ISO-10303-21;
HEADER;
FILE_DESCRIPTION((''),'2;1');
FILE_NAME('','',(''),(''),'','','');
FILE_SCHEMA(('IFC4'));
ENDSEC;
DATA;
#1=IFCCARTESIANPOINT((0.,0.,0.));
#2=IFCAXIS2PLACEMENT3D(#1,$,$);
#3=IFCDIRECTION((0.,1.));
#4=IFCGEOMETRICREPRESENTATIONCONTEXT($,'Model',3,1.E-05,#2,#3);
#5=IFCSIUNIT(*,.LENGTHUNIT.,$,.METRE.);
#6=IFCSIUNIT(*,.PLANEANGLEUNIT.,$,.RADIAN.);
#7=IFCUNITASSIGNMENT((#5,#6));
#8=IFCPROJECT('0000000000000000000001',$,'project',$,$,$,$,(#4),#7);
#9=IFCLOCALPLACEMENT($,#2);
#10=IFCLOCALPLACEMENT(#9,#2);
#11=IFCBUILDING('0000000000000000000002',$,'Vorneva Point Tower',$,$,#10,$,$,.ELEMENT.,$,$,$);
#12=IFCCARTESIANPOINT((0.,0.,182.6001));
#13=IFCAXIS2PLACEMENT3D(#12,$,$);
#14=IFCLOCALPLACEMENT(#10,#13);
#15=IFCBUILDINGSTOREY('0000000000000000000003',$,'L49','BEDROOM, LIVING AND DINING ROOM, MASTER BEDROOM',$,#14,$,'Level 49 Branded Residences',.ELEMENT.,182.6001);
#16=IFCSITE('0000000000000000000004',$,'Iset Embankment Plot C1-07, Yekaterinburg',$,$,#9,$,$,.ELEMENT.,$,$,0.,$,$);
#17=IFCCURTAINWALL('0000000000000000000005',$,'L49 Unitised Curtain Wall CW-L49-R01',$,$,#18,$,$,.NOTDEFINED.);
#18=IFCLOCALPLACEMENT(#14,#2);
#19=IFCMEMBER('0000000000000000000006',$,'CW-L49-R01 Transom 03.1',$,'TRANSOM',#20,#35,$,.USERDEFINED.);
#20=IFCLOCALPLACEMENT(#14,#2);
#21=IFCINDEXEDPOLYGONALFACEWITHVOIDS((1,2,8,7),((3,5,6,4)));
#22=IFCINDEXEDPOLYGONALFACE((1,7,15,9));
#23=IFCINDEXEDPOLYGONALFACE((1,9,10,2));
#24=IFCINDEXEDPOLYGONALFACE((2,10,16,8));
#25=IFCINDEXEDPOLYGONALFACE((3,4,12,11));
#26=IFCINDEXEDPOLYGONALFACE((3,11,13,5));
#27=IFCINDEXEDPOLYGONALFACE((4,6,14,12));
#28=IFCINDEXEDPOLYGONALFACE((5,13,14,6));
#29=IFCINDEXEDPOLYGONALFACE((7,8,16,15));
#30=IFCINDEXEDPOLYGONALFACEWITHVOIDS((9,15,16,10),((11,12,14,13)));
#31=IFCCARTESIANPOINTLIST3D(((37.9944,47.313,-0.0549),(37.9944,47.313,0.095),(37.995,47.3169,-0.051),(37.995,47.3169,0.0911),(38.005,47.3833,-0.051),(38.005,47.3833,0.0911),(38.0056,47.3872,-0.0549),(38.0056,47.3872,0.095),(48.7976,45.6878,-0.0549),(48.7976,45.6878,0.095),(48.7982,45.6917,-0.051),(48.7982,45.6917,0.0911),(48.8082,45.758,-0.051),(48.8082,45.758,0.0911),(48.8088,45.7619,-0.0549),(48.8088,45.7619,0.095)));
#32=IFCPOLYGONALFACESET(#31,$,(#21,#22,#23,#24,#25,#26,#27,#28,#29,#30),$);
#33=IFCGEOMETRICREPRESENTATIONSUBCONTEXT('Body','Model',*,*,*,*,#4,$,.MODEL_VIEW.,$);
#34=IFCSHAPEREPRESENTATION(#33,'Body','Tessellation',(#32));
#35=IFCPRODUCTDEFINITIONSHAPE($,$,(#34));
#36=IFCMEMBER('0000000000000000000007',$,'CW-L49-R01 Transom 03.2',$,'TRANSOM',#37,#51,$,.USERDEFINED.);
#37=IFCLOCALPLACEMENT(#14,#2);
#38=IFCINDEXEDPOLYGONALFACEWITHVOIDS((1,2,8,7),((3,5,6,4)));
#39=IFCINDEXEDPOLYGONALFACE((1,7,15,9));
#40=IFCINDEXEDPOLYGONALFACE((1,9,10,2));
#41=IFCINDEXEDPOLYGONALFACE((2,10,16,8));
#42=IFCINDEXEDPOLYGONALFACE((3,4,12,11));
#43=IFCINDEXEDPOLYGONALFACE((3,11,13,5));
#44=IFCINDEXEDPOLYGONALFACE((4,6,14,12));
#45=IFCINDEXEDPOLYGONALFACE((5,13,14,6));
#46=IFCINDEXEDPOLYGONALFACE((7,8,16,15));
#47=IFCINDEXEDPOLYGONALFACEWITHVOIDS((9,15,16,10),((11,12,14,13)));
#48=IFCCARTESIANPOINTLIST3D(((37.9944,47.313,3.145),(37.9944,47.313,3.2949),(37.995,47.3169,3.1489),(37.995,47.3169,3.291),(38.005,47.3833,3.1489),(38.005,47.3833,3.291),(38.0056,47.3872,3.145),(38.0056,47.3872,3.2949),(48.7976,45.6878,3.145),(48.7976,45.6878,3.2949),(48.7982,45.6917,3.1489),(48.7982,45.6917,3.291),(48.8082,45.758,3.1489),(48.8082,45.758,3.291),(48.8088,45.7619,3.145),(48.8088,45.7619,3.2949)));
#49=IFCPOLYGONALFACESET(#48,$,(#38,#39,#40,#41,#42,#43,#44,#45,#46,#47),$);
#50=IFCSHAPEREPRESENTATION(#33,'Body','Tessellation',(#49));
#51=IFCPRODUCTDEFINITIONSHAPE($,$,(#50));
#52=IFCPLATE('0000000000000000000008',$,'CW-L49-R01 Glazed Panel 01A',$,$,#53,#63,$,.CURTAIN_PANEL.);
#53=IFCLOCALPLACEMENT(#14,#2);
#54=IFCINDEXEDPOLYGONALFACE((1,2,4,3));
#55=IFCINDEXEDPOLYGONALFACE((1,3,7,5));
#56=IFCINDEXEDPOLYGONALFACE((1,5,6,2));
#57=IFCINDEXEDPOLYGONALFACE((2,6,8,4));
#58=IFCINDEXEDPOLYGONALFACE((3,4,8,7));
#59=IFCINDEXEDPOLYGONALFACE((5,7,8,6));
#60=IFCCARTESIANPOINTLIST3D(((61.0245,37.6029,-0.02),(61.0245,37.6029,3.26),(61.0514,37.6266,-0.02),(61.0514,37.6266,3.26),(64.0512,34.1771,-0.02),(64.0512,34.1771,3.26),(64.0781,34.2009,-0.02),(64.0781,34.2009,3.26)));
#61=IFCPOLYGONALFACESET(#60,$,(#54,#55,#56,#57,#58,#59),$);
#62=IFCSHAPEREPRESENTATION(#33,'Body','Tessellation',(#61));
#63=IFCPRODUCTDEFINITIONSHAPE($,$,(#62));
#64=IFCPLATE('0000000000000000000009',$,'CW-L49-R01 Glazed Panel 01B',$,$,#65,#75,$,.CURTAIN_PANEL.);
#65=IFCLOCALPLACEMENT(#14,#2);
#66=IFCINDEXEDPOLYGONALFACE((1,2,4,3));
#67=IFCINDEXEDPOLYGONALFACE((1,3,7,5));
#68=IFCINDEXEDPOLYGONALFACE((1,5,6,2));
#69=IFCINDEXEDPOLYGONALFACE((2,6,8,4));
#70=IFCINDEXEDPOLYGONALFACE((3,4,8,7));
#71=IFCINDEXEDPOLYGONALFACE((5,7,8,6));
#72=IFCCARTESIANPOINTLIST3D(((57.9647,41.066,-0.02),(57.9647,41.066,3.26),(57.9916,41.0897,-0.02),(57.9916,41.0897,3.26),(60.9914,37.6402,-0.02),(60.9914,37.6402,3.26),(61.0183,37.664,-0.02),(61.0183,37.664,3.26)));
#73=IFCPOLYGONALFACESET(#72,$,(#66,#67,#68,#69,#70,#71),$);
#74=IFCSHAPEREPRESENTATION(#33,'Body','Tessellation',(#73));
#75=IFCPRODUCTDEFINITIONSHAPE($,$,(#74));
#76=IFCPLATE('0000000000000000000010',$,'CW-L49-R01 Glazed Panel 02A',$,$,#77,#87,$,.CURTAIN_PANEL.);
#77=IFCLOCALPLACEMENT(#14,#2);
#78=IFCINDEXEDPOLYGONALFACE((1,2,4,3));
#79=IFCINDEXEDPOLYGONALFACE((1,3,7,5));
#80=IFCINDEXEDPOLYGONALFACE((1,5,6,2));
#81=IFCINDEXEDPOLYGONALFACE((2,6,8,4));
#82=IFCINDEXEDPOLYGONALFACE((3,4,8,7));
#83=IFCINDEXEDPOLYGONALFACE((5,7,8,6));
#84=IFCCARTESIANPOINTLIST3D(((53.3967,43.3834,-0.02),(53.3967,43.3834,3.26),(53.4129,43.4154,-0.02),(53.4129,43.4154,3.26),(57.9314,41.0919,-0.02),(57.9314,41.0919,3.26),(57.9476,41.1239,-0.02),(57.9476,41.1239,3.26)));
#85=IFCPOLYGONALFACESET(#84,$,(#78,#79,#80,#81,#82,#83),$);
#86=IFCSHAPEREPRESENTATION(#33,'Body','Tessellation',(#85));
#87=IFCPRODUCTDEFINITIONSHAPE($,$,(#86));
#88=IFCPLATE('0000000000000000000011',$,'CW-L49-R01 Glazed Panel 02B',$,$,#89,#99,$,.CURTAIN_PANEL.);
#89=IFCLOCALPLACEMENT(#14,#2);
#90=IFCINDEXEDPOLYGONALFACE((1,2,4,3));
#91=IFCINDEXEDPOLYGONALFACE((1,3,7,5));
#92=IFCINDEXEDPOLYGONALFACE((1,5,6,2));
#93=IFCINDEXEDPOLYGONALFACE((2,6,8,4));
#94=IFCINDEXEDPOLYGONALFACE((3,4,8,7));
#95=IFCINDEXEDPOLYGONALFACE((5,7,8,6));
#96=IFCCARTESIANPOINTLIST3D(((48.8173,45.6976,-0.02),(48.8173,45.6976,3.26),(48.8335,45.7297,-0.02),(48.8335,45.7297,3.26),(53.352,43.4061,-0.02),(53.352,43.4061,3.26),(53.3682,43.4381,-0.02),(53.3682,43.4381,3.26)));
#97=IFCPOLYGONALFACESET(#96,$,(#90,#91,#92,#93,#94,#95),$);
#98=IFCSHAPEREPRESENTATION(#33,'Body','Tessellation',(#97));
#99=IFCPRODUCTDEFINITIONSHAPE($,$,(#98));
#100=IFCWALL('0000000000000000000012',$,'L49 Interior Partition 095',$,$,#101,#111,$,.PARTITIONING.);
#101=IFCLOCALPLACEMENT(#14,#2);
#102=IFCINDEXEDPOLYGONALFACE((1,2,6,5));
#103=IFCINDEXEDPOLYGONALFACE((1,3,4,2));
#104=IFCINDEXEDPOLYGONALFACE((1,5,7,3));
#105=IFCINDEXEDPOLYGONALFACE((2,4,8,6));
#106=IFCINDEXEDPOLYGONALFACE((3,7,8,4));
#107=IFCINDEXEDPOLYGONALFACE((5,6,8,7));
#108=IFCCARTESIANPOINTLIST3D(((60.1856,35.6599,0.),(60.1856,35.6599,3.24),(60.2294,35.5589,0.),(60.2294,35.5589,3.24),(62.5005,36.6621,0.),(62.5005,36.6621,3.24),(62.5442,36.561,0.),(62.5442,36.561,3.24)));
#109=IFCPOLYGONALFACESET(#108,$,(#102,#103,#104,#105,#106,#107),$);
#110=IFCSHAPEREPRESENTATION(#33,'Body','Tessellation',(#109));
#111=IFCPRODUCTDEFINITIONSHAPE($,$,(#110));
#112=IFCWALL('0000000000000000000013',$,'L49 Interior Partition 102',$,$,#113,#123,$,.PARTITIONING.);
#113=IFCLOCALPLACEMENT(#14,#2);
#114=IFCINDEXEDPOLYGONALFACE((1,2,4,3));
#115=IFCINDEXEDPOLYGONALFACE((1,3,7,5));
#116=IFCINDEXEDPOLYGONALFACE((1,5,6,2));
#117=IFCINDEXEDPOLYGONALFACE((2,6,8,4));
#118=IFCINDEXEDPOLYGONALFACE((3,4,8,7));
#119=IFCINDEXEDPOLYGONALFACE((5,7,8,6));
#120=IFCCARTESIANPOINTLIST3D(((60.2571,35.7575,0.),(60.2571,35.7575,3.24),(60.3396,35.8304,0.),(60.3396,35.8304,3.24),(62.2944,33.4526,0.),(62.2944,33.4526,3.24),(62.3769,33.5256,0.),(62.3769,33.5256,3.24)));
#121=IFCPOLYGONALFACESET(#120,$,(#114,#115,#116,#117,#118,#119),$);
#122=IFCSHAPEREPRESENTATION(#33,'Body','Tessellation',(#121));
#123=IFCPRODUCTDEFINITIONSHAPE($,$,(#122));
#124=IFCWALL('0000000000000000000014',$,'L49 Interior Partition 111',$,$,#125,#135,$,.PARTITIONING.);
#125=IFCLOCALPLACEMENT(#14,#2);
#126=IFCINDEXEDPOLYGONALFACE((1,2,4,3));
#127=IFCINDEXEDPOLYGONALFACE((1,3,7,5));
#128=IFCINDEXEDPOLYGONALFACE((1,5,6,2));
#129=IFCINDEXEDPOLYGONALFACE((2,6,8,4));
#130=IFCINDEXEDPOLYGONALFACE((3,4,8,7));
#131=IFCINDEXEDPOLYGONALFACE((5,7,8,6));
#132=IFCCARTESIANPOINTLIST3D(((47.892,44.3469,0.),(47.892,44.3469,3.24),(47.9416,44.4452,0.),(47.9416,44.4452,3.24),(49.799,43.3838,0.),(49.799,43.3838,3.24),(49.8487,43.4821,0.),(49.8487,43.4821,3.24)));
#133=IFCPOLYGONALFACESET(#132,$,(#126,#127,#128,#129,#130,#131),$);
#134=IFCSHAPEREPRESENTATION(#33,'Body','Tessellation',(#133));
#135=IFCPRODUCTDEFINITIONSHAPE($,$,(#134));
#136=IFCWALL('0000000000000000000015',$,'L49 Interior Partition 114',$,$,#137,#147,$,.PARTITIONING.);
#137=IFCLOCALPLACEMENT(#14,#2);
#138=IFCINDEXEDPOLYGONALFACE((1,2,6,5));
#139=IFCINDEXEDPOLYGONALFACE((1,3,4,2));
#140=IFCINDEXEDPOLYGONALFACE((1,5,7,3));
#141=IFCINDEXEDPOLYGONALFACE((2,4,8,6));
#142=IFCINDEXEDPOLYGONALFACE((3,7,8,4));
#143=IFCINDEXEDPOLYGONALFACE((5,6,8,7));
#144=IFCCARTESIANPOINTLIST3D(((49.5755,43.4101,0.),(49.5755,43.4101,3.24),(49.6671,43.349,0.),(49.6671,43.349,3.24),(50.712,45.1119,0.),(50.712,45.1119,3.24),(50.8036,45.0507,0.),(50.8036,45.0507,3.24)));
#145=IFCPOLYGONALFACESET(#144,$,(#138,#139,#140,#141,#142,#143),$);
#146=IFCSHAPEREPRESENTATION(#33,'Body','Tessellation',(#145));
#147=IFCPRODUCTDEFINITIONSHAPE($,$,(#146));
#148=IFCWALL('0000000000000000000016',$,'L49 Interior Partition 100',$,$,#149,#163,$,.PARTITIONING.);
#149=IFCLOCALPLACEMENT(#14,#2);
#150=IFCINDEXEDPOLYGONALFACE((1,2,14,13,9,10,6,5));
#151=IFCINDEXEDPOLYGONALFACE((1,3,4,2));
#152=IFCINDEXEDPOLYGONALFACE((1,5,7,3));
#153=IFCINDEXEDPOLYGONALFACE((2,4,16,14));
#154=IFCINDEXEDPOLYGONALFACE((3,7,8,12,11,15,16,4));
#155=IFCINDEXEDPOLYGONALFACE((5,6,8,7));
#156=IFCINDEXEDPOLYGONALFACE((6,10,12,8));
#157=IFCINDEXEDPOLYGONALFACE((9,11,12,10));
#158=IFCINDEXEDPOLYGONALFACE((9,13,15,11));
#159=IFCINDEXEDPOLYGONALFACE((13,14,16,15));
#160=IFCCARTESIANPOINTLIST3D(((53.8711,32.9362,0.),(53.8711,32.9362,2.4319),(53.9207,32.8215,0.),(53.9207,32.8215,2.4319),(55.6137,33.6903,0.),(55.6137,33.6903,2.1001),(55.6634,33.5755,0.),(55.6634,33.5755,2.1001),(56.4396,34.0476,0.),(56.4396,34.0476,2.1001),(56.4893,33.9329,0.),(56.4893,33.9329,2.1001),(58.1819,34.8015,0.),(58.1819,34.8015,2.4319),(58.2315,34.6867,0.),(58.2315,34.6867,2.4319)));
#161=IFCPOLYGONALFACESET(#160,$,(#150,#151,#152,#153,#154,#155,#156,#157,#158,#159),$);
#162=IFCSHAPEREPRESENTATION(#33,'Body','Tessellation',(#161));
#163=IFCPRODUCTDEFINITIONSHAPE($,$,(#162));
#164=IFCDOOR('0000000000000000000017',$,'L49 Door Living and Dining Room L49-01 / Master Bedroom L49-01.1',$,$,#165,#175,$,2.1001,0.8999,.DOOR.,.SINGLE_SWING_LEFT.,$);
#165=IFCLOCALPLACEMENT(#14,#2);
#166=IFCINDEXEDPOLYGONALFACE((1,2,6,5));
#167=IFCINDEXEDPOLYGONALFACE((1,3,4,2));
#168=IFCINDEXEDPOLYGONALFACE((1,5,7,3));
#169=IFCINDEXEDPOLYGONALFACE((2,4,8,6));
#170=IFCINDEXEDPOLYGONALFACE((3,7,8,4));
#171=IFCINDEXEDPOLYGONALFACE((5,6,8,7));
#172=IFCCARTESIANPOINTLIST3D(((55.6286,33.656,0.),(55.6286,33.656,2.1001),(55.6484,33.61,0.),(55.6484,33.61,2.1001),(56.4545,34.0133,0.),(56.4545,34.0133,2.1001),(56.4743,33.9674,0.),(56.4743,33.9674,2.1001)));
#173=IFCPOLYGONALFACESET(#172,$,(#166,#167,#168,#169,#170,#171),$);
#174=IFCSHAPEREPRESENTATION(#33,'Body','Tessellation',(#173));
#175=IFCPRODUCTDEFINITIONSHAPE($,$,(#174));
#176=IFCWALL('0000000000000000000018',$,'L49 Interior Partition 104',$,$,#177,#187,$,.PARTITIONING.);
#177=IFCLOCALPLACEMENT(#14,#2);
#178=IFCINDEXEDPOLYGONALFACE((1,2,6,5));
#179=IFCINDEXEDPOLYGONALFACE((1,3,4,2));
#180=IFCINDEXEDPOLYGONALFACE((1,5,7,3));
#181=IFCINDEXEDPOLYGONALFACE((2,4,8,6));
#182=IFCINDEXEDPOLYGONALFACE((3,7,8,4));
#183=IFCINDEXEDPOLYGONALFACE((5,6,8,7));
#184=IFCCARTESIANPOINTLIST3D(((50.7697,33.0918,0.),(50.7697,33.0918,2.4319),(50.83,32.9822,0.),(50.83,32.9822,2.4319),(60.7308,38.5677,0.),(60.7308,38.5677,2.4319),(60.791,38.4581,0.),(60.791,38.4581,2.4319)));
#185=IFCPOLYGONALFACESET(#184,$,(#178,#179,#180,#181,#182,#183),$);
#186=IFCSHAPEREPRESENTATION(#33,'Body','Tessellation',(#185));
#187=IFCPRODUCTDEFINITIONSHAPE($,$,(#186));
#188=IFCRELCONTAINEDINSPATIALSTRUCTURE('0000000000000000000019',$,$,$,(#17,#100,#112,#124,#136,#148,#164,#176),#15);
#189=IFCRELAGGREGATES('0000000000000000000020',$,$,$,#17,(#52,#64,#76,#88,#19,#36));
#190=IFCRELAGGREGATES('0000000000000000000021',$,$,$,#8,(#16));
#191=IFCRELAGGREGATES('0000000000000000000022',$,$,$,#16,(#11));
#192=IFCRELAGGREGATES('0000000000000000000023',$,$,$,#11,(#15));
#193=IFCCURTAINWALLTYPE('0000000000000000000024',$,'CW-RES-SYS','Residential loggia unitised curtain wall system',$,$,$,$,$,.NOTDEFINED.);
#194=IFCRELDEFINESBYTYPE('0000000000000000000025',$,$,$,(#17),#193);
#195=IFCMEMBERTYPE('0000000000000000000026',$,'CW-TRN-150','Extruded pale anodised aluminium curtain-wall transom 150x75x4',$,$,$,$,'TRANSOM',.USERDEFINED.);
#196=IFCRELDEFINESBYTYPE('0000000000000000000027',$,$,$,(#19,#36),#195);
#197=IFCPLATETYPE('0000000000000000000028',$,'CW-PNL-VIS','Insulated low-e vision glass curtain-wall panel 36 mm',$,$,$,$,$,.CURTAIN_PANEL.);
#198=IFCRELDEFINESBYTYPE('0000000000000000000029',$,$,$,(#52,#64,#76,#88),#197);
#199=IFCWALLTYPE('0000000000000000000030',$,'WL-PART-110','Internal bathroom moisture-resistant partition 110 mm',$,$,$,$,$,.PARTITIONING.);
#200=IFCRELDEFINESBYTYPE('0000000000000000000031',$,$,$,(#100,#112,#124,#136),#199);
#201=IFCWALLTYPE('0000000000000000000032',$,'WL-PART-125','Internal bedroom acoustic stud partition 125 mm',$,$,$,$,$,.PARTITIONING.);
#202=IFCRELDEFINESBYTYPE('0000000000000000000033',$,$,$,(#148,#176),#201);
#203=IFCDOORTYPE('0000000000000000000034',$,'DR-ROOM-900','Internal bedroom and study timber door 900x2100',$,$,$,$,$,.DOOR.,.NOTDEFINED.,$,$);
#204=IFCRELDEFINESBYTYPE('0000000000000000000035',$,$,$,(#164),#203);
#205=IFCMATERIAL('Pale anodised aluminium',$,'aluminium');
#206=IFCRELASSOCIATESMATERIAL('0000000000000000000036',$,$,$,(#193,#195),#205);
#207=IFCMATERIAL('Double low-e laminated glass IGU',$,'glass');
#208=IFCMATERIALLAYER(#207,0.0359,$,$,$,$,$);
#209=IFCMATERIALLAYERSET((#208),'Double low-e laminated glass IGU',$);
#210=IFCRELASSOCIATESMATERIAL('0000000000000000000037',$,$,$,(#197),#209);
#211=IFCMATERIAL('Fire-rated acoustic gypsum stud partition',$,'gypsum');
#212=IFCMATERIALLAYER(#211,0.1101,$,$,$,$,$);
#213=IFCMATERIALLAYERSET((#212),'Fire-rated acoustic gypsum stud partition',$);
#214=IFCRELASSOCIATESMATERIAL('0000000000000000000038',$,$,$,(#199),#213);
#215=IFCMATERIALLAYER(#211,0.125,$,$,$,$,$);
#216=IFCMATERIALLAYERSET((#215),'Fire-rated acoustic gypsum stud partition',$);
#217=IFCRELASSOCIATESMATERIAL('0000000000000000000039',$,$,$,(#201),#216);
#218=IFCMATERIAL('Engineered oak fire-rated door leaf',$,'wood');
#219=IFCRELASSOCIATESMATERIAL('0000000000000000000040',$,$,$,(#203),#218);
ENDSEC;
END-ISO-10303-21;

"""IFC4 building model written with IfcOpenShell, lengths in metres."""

from ifc_helpers import new_model, si_unit, direction, frame, frame_2d, origin, origin_2d, place, context, subcontext, project, spatial, rectangle, hollow_rectangle, extrude, material, layer, layer_set, material_profile, profile_set, type_object, element, fill, aggregate, save


model = new_model("IFC4")

# Units and contexts
model_context = context("Model", 3, precision=1e-05, world=origin(), true_north=direction((0.0, 1.0)))
body_context = subcontext(model_context, "Body", "Model", "MODEL_VIEW")
ifc_project = project(units=[si_unit("LENGTHUNIT", "METRE"), si_unit("PLANEANGLEUNIT", "RADIAN")], contexts=[model_context])

# Site, building, storey
site_placement = place(None, origin())
site = spatial("IfcSite", under=ifc_project, at=site_placement, Name="Iset Embankment Plot C1-07, Yekaterinburg", CompositionType="ELEMENT", RefElevation=0.0)
building_placement = place(site_placement, origin())
building = spatial("IfcBuilding", under=site, at=building_placement, Name="Vorneva Point Tower", CompositionType="ELEMENT")
storey_placement = place(building_placement, frame((0.0, 0.0, 182.6001)))
storey = spatial("IfcBuildingStorey", under=building, at=storey_placement, Name="L49", Description="BEDROOM, LIVING AND DINING ROOM, MASTER BEDROOM", LongName="Level 49 Branded Residences", CompositionType="ELEMENT", Elevation=182.6001)

# Curtain wall, members, plates
ifc_material_1 = material(Name="Pale anodised aluminium", Category="aluminium")
curtain_wall_type = type_object("IfcCurtainWallType", Name="CW-RES-SYS", Description="Residential loggia unitised curtain wall system", PredefinedType="NOTDEFINED", material=ifc_material_1)
curtain_wall_placement = place(storey_placement, origin())
curtain_wall = element("IfcCurtainWall", 1, at=curtain_wall_placement, inside=storey, type_object=curtain_wall_type, Name="L49 Unitised Curtain Wall CW-L49-R01", PredefinedType="NOTDEFINED")
ifc_material_profile_1 = material_profile(ifc_material_1, hollow_rectangle(XDim=0.075, YDim=0.1499, WallThickness=0.0039, at=origin_2d()), Name="AL-TRN 150x75x4")
ifc_profile_set_1 = profile_set([ifc_material_profile_1], Name="Pale anodised aluminium")
member_type_1 = type_object("IfcMemberType", Name="CW-TRN-150", Description="Extruded pale anodised aluminium curtain-wall transom 150x75x4", ElementType="TRANSOM", PredefinedType="USERDEFINED", material=ifc_profile_set_1)
member_1_placement = place(storey_placement, frame((48.8032, 45.7249, 0.02), z_axis=(-0.988872, 0.148767, 0.0), x_axis=(-0.148767, -0.988872, 0.0)))
member_1 = element("IfcMember", 2, at=member_1_placement, type_object=member_type_1, Name="CW-L49-R01 Transom 03.1", ObjectType="TRANSOM", PredefinedType="USERDEFINED", context=body_context, shape_type="SweptSolid", body=[
    extrude(hollow_rectangle(XDim=0.075, YDim=0.1499, WallThickness=0.0039, at=origin_2d()), origin(), (0.0, 0.0, 1.0), 10.9248),
])
member_2_placement = place(storey_placement, frame((48.8032, 45.7249, 3.22), z_axis=(-0.988872, 0.148767, 0.0), x_axis=(-0.148767, -0.988872, 0.0)))
member_2 = element("IfcMember", 3, at=member_2_placement, type_object=member_type_1, Name="CW-L49-R01 Transom 03.2", ObjectType="TRANSOM", PredefinedType="USERDEFINED", context=body_context, shape_type="SweptSolid", body=[
    extrude(hollow_rectangle(XDim=0.075, YDim=0.1499, WallThickness=0.0039, at=origin_2d()), origin(), (0.0, 0.0, 1.0), 10.9248),
])
ifc_material_2 = material(Name="Double low-e laminated glass IGU", Category="glass")
ifc_layer_1 = layer(ifc_material_2, 0.0359)
ifc_layer_set_1 = layer_set([ifc_layer_1], Name="Double low-e laminated glass IGU")
plate_type = type_object("IfcPlateType", Name="CW-PNL-VIS", Description="Insulated low-e vision glass curtain-wall panel 36 mm", PredefinedType="CURTAIN_PANEL", material=ifc_layer_set_1)
plate_1_placement = place(storey_placement, frame((62.5513, 35.9019, -0.02), z_axis=(0.0, 0.0, 1.0), x_axis=(-0.66211, 0.749407, 0.0)))
plate_1 = element("IfcPlate", 4, at=plate_1_placement, type_object=plate_type, Name="CW-L49-R01 Glazed Panel 01A", PredefinedType="CURTAIN_PANEL", context=body_context, shape_type="SweptSolid", body=[
    extrude(rectangle(XDim=4.5713, YDim=0.0359, at=origin_2d()), origin(), (0.0, 0.0, 1.0), 3.28),
])
plate_2_placement = place(storey_placement, frame((59.4915, 39.365, -0.02), z_axis=(0.0, 0.0, 1.0), x_axis=(-0.66211, 0.749407, 0.0)))
plate_2 = element("IfcPlate", 5, at=plate_2_placement, type_object=plate_type, Name="CW-L49-R01 Glazed Panel 01B", PredefinedType="CURTAIN_PANEL", context=body_context, shape_type="SweptSolid", body=[
    extrude(rectangle(XDim=4.5713, YDim=0.0359, at=origin_2d()), origin(), (0.0, 0.0, 1.0), 3.28),
])
plate_3_placement = place(storey_placement, frame((55.6721, 42.2537, -0.02), z_axis=(0.0, 0.0, 1.0), x_axis=(-0.892515, 0.451018, 0.0)))
plate_3 = element("IfcPlate", 6, at=plate_3_placement, type_object=plate_type, Name="CW-L49-R01 Glazed Panel 02A", PredefinedType="CURTAIN_PANEL", context=body_context, shape_type="SweptSolid", body=[
    extrude(rectangle(XDim=5.0808, YDim=0.0359, at=origin_2d()), origin(), (0.0, 0.0, 1.0), 3.28),
])
plate_4_placement = place(storey_placement, frame((51.0928, 44.5679, -0.02), z_axis=(0.0, 0.0, 1.0), x_axis=(-0.892515, 0.451018, 0.0)))
plate_4 = element("IfcPlate", 7, at=plate_4_placement, type_object=plate_type, Name="CW-L49-R01 Glazed Panel 02B", PredefinedType="CURTAIN_PANEL", context=body_context, shape_type="SweptSolid", body=[
    extrude(rectangle(XDim=5.0808, YDim=0.0359, at=origin_2d()), origin(), (0.0, 0.0, 1.0), 3.28),
])
aggregate(curtain_wall, [plate_1, plate_2, plate_3, plate_4, member_1, member_2])

# Walls
ifc_material_3 = material(Name="Fire-rated acoustic gypsum stud partition", Category="gypsum")
ifc_layer_2 = layer(ifc_material_3, 0.1101)
ifc_layer_set_2 = layer_set([ifc_layer_2], Name="Fire-rated acoustic gypsum stud partition")
wall_type_1 = type_object("IfcWallType", Name="WL-PART-110", Description="Internal bathroom moisture-resistant partition 110 mm", PredefinedType="PARTITIONING", material=ifc_layer_set_2)
wall_1_placement = place(storey_placement, frame((60.2075, 35.6094, 0.0), z_axis=(0.0, 0.0, 1.0), x_axis=(0.917692, 0.397292, 0.0)))
element("IfcWall", 8, at=wall_1_placement, inside=storey, type_object=wall_type_1, Name="L49 Interior Partition 095", PredefinedType="PARTITIONING", context=body_context, shape_type="SweptSolid", body=[
    extrude(rectangle(XDim=2.5225, YDim=0.1101, at=frame_2d((1.2612, 0.0))), origin(), (0.0, 0.0, 1.0), 3.24),
])
wall_2_placement = place(storey_placement, frame((60.2983, 35.7939, 0.0), z_axis=(0.0, 0.0, 1.0), x_axis=(0.662278, -0.749259, 0.0)))
element("IfcWall", 9, at=wall_2_placement, inside=storey, type_object=wall_type_1, Name="L49 Interior Partition 102", PredefinedType="PARTITIONING", context=body_context, shape_type="SweptSolid", body=[
    extrude(rectangle(XDim=3.0762, YDim=0.1101, at=frame_2d((1.5381, 0.0))), origin(), (0.0, 0.0, 1.0), 3.24),
])
wall_3_placement = place(storey_placement, frame((49.824, 43.4329, 0.0), z_axis=(0.0, 0.0, 1.0), x_axis=(-0.892614, 0.450821, 0.0)))
element("IfcWall", 10, at=wall_3_placement, inside=storey, type_object=wall_type_1, Name="L49 Interior Partition 111", PredefinedType="PARTITIONING", context=body_context, shape_type="SweptSolid", body=[
    extrude(rectangle(XDim=2.1365, YDim=0.1101, at=frame_2d((1.0684, 0.0))), origin(), (0.0, 0.0, 1.0), 3.24),
])
wall_4_placement = place(storey_placement, frame((50.7578, 45.0813, 0.0), z_axis=(0.0, 0.0, 1.0), x_axis=(-0.555388, -0.831591, 0.0)))
element("IfcWall", 11, at=wall_4_placement, inside=storey, type_object=wall_type_1, Name="L49 Interior Partition 114", PredefinedType="PARTITIONING", context=body_context, shape_type="SweptSolid", body=[
    extrude(rectangle(XDim=2.0464, YDim=0.1101, at=frame_2d((1.0232, 0.0))), origin(), (0.0, 0.0, 1.0), 3.24),
])

# Wall, opening, door
ifc_layer_3 = layer(ifc_material_3, 0.125)
ifc_layer_set_3 = layer_set([ifc_layer_3], Name="Fire-rated acoustic gypsum stud partition")
wall_type_2 = type_object("IfcWallType", Name="WL-PART-125", Description="Internal bedroom acoustic stud partition 125 mm", PredefinedType="PARTITIONING", material=ifc_layer_set_3)
wall_5_placement = place(storey_placement, frame((58.2068, 34.7441, 0.0), z_axis=(0.0, 0.0, 1.0), x_axis=(-0.917771, -0.39711, 0.0)))
wall_5 = element("IfcWall", 12, at=wall_5_placement, inside=storey, type_object=wall_type_2, Name="L49 Interior Partition 100", PredefinedType="PARTITIONING", context=body_context, shape_type="SweptSolid", body=[
    extrude(rectangle(XDim=4.697, YDim=0.125, at=frame_2d((2.3486, 0.0))), origin(), (0.0, 0.0, 1.0), 2.4319),
])
opening_1_placement = place(wall_5_placement, frame((1.8984, 0.0, 0.0)))
opening_1 = element("IfcOpeningElement", 13, at=opening_1_placement, cuts=wall_5, PredefinedType="OPENING", context=body_context, shape_type="SweptSolid", body=[
    extrude(rectangle(XDim=0.8999, YDim=2.1001, at=frame_2d((0.45, 1.05))), frame((0.0, 0.0774, 0.0), z_axis=(0.0, -1.0, 0.0), x_axis=(1.0, 0.0, 0.0)), (0.0, 0.0, 1.0), 0.1548),
])
ifc_material_4 = material(Name="Engineered oak fire-rated door leaf", Category="wood")
door_type_1 = type_object("IfcDoorType", Name="DR-ROOM-900", Description="Internal bedroom and study timber door 900x2100", OperationType="NOTDEFINED", PredefinedType="DOOR", material=ifc_material_4)
door_1_placement = place(opening_1_placement, origin())
door_1 = element("IfcDoor", 14, at=door_1_placement, inside=storey, type_object=door_type_1, Name="L49 Door Living and Dining Room L49-01 / Master Bedroom L49-01.1", OperationType="SINGLE_SWING_LEFT", OverallHeight=2.1001, OverallWidth=0.8999, PredefinedType="DOOR", context=body_context, shape_type="SweptSolid", body=[
    extrude(rectangle(XDim=0.8999, YDim=2.1001, at=frame_2d((0.45, 1.05))), frame((0.0, 0.0249, 0.0), z_axis=(0.0, -1.0, 0.0), x_axis=(1.0, 0.0, 0.0)), (0.0, 0.0, 1.0), 0.05),
])
fill(opening_1, door_1)

# Wall
wall_6_placement = place(storey_placement, frame((60.761, 38.5129, 0.0), z_axis=(0.0, 0.0, 1.0), x_axis=(-0.876316, -0.481737, 0.0)))
element("IfcWall", 15, at=wall_6_placement, inside=storey, type_object=wall_type_2, Name="L49 Interior Partition 104", PredefinedType="PARTITIONING", context=body_context, shape_type="SweptSolid", body=[
    extrude(rectangle(XDim=11.3669, YDim=0.125, at=frame_2d((5.6836, 0.0))), origin(), (0.0, 0.0, 1.0), 2.4319),
])

save(model, "model.ifc")
